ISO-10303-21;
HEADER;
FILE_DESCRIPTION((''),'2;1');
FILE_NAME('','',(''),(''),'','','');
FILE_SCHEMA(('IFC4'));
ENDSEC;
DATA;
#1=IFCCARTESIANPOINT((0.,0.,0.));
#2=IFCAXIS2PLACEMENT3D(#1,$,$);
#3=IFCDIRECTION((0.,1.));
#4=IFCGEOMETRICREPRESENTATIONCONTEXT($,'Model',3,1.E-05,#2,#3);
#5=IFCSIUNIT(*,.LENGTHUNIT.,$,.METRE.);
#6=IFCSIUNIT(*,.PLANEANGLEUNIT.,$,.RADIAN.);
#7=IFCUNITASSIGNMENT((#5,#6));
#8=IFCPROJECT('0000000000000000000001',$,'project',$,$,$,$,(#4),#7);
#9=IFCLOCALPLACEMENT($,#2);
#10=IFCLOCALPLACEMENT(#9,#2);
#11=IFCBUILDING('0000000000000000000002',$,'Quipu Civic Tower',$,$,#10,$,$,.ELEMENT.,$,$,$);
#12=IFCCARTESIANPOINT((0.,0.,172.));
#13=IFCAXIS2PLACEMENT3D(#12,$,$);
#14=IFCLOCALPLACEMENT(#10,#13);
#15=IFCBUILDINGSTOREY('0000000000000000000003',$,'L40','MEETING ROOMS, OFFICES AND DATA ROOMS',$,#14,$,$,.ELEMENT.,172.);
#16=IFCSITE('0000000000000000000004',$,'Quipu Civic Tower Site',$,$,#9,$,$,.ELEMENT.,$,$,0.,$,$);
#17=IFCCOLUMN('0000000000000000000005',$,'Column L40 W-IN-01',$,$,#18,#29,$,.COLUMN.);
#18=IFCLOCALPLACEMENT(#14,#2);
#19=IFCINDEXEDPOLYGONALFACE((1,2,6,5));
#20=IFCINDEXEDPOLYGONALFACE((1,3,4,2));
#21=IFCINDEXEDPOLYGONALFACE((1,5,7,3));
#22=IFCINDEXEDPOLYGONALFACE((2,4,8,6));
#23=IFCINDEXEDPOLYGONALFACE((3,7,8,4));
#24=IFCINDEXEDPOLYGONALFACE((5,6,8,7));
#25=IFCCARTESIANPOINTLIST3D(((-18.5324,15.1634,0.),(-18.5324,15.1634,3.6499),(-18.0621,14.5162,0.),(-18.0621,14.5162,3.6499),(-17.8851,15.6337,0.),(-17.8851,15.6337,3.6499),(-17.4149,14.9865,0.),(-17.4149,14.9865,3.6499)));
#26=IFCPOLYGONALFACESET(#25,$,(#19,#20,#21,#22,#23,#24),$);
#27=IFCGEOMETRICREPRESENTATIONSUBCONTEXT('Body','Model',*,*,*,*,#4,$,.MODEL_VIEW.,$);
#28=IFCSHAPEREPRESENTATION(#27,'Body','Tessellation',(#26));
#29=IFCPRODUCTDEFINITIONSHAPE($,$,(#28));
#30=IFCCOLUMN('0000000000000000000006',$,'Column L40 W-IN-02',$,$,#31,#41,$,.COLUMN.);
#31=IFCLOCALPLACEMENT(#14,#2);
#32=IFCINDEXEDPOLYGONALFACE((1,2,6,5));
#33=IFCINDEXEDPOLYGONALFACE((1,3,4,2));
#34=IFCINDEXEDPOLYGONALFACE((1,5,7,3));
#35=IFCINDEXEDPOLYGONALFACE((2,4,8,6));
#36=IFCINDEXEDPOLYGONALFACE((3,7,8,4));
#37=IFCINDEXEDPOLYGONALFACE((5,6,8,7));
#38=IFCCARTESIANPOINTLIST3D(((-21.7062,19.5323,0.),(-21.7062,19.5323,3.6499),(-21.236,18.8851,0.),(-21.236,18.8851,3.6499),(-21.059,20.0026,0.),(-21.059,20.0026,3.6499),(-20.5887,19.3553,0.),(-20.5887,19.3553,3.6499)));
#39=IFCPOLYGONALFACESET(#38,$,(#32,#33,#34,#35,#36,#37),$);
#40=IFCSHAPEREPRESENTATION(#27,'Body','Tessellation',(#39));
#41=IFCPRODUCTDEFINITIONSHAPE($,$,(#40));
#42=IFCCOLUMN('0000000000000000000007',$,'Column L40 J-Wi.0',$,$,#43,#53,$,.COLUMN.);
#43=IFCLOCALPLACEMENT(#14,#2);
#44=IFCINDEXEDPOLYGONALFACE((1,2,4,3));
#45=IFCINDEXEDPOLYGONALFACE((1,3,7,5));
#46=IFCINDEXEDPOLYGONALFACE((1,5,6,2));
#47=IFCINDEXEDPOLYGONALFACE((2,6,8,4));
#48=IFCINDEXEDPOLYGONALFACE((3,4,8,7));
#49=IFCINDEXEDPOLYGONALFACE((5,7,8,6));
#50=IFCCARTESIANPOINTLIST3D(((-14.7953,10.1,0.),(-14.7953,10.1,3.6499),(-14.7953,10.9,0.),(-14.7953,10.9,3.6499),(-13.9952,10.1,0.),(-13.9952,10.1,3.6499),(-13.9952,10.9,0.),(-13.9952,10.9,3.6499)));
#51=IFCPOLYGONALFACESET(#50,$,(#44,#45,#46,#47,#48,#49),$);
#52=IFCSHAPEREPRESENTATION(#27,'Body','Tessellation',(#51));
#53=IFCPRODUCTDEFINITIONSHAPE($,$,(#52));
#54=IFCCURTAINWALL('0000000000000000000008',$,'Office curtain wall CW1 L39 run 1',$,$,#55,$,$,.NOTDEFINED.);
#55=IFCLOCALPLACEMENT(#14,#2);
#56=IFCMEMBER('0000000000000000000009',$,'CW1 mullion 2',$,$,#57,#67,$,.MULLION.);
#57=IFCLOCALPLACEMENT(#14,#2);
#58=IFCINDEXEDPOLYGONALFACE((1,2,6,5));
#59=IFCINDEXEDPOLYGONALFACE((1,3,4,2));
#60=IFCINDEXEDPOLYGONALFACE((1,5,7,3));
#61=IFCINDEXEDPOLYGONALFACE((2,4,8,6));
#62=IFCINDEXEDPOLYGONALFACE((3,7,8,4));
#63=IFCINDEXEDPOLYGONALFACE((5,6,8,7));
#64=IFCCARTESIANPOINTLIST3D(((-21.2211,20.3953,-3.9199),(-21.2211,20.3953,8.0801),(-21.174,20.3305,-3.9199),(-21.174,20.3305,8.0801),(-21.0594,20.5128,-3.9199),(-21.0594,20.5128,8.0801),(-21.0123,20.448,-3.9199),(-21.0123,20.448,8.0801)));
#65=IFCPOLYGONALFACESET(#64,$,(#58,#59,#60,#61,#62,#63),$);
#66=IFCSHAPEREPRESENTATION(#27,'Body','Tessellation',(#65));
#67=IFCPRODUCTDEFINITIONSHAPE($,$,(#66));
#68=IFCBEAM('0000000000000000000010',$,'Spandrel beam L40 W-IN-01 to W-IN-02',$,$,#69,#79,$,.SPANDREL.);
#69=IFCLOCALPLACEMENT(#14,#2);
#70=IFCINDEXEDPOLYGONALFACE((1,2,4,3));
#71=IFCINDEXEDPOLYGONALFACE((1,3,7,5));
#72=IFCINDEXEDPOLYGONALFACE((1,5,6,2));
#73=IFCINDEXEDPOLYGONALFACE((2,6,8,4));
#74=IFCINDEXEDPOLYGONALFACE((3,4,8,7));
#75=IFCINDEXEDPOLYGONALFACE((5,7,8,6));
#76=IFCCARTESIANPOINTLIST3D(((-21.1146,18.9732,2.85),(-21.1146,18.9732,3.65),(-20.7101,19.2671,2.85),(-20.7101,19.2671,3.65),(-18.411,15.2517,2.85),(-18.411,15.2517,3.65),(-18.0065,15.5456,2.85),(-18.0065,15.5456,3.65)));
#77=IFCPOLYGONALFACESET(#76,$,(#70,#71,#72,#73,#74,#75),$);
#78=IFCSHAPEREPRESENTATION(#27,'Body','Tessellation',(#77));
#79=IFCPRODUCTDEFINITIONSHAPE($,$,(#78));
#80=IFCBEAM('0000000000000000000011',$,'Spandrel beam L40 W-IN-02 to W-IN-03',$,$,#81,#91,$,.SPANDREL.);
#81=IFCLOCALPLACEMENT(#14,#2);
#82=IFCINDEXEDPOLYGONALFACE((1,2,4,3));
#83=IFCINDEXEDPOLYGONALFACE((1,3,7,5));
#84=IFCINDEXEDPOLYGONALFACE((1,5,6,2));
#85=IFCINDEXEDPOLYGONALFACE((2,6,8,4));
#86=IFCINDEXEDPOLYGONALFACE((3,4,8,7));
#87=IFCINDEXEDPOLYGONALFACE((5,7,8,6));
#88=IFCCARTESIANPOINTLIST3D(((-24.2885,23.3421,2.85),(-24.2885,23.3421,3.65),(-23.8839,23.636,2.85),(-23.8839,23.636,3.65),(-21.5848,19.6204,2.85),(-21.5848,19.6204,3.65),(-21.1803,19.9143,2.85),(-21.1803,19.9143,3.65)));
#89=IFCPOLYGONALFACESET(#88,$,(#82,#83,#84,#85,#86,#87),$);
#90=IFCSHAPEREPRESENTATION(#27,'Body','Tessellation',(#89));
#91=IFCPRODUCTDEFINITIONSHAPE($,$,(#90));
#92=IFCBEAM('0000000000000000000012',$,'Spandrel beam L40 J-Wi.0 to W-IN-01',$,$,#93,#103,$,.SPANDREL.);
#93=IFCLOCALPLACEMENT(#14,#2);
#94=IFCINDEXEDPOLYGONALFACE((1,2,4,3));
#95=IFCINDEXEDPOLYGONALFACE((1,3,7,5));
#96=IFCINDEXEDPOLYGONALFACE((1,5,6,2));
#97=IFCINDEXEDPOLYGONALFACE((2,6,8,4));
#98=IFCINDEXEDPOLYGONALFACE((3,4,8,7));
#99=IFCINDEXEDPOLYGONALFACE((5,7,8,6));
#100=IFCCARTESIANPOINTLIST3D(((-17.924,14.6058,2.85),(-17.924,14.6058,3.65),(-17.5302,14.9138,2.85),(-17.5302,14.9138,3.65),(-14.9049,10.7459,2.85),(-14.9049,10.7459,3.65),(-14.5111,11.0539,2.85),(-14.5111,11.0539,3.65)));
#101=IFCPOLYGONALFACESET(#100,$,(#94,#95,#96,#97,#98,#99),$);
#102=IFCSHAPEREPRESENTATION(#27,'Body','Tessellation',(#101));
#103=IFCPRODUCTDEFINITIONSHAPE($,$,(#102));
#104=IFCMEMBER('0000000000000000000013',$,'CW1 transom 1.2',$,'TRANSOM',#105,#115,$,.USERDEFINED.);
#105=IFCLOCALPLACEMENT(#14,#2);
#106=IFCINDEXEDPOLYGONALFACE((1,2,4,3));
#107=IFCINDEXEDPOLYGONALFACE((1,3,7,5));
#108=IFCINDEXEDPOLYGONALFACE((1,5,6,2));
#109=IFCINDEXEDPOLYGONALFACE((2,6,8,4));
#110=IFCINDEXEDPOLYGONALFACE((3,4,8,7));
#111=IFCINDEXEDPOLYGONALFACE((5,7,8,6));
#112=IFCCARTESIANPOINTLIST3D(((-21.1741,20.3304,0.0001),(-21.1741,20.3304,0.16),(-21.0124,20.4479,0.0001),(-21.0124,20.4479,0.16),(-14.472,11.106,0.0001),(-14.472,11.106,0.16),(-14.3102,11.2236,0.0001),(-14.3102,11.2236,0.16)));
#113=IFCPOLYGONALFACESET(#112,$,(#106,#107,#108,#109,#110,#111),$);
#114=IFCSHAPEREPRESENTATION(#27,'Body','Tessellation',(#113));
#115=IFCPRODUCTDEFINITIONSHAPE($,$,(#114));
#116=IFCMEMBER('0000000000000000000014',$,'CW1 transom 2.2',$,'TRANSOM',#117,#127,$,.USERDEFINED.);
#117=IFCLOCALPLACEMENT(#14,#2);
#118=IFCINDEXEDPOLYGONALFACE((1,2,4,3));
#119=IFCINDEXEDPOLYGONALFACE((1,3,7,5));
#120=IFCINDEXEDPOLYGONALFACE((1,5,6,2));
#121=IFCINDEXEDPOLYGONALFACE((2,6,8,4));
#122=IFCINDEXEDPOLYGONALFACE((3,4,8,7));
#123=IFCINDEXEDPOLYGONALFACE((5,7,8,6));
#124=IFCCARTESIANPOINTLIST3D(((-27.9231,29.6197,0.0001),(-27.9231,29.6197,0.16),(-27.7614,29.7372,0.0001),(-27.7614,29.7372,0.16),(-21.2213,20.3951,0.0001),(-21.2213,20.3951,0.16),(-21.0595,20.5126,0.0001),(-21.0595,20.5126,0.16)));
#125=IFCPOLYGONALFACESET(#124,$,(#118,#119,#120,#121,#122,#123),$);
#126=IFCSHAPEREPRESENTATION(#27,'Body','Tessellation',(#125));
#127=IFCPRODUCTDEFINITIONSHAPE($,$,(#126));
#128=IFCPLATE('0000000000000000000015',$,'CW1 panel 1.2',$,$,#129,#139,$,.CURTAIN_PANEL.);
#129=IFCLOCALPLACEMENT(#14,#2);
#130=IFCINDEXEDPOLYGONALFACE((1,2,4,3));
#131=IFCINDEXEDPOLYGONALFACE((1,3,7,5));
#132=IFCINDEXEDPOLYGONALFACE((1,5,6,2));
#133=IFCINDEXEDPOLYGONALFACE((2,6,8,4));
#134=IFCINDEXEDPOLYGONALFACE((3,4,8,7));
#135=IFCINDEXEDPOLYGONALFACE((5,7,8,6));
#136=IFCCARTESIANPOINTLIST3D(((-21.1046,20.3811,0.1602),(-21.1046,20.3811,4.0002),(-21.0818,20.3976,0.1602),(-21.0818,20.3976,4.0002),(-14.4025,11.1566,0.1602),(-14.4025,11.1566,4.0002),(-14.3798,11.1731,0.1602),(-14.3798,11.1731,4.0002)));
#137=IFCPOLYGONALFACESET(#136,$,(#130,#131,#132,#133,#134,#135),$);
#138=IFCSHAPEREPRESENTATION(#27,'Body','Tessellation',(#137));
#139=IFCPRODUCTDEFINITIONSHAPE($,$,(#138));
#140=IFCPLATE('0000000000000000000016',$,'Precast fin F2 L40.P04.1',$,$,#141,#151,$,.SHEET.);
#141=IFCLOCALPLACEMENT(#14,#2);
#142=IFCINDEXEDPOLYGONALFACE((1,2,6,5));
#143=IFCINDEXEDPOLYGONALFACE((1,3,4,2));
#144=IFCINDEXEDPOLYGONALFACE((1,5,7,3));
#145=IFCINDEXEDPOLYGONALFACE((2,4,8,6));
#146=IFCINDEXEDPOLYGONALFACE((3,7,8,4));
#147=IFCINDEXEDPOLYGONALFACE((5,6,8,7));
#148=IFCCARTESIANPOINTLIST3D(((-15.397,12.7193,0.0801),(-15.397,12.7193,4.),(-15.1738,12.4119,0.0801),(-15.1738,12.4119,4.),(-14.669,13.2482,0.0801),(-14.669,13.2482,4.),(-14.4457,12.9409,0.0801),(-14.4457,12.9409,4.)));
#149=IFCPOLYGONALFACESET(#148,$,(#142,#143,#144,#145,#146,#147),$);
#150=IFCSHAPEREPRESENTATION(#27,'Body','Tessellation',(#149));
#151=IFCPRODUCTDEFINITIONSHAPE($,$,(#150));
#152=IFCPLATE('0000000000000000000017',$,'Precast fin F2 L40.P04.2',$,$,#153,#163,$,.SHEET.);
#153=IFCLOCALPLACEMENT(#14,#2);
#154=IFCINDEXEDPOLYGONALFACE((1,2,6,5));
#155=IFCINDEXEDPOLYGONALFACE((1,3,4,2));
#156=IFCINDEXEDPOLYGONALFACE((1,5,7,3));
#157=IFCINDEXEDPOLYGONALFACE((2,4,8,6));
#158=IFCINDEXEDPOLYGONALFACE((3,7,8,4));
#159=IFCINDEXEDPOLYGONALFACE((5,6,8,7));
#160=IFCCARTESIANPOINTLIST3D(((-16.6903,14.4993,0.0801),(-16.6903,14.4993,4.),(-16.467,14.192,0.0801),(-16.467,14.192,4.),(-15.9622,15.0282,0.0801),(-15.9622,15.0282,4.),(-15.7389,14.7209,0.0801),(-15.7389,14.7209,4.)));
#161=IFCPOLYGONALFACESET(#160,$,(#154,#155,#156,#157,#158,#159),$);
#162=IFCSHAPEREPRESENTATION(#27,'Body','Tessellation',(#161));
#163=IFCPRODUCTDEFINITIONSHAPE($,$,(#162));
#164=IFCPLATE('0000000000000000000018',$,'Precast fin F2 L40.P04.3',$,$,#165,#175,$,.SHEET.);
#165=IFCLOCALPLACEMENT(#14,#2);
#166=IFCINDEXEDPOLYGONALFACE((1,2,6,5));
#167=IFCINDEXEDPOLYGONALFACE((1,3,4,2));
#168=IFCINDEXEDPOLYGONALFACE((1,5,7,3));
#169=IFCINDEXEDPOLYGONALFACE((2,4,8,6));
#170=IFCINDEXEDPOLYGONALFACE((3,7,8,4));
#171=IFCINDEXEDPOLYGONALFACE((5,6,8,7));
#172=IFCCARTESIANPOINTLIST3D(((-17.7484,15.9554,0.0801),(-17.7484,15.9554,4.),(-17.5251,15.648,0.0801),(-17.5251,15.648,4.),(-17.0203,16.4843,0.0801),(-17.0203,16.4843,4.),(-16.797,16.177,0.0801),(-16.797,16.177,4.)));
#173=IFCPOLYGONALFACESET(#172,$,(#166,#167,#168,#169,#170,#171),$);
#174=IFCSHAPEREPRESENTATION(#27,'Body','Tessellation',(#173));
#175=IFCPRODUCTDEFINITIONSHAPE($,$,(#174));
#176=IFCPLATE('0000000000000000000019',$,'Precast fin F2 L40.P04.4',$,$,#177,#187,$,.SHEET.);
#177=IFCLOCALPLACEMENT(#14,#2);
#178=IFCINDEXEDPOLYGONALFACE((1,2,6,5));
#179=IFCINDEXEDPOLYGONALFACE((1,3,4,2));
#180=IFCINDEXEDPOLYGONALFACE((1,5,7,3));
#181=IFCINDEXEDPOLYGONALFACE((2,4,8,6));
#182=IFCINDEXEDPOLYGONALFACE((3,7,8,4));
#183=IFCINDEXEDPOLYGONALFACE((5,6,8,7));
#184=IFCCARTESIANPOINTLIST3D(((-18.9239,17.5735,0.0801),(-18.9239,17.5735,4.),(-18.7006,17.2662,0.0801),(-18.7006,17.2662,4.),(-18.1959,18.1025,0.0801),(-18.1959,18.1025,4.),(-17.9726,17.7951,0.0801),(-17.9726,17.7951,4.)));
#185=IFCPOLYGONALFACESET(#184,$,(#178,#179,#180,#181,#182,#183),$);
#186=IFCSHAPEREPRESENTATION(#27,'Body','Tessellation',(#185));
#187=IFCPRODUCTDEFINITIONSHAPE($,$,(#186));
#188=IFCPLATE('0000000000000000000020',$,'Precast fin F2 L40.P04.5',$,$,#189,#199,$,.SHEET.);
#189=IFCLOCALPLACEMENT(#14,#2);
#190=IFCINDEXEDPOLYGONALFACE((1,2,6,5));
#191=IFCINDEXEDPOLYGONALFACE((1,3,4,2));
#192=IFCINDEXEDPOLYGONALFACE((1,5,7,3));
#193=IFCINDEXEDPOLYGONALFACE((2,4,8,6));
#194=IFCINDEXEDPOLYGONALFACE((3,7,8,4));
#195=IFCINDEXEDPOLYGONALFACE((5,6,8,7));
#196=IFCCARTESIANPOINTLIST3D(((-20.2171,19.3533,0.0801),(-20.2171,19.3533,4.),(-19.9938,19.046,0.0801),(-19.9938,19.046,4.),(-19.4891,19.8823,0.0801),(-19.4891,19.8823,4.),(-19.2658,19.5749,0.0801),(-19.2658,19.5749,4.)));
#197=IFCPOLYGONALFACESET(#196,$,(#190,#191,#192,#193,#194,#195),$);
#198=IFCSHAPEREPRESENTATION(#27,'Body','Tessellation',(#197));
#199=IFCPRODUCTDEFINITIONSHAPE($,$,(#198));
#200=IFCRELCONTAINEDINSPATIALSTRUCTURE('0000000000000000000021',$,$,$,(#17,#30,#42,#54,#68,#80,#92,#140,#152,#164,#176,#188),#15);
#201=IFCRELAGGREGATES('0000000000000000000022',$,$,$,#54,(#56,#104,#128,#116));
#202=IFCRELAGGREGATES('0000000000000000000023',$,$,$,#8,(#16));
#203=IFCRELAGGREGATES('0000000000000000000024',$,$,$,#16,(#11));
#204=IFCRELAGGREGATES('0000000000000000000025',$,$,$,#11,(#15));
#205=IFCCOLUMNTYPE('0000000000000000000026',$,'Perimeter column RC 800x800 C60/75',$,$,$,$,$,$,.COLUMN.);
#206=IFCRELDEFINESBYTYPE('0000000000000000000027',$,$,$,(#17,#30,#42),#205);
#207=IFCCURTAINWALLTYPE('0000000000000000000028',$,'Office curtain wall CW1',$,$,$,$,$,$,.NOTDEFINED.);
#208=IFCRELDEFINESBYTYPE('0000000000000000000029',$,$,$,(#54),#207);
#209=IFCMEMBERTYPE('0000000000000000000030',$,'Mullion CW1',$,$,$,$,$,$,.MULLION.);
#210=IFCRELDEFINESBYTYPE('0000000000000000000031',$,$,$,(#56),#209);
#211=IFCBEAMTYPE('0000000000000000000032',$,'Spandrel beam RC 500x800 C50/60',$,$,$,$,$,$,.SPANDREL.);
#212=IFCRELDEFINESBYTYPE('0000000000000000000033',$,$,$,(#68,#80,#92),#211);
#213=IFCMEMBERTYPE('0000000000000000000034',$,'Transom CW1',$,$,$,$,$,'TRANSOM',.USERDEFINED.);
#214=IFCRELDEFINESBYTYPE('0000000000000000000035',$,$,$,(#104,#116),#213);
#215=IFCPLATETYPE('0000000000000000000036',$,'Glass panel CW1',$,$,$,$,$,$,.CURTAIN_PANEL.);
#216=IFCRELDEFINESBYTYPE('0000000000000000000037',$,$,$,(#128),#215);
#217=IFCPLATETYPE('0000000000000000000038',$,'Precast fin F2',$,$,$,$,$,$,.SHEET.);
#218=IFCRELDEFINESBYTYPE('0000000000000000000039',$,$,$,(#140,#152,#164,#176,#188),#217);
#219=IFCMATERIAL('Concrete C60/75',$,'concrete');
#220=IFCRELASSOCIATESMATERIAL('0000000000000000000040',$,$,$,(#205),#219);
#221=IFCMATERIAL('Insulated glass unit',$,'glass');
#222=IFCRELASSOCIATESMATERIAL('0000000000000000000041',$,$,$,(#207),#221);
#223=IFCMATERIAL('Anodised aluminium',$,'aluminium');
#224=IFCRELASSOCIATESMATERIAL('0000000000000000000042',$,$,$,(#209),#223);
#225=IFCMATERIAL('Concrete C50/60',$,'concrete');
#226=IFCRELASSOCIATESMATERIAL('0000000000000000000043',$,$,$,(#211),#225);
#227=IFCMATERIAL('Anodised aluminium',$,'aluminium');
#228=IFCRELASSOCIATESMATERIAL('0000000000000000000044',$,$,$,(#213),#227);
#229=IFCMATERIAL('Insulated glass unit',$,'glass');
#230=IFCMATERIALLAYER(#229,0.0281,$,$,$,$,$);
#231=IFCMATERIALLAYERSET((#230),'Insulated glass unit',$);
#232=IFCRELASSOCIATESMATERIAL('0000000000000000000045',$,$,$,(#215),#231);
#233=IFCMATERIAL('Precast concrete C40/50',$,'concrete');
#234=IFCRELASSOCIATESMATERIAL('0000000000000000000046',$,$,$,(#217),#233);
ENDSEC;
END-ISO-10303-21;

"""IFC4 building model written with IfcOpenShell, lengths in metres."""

from ifc_helpers import new_model, si_unit, direction, frame, origin, origin_2d, place, context, subcontext, project, spatial, rectangle, extrude, material, layer, layer_set, material_profile, profile_set, type_object, element, aggregate, save


model = new_model("IFC4")

# Units and contexts
model_context = context("Model", 3, precision=1e-05, world=origin(), true_north=direction((0.0, 1.0)))
body_context = subcontext(model_context, "Body", "Model", "MODEL_VIEW")
ifc_project = project(units=[si_unit("LENGTHUNIT", "METRE"), si_unit("PLANEANGLEUNIT", "RADIAN")], contexts=[model_context])

# Site, building, storey
site_placement = place(None, origin())
site = spatial("IfcSite", under=ifc_project, at=site_placement, Name="Quipu Civic Tower Site", CompositionType="ELEMENT", RefElevation=0.0)
building_placement = place(site_placement, origin())
building = spatial("IfcBuilding", under=site, at=building_placement, Name="Quipu Civic Tower", CompositionType="ELEMENT")
storey_placement = place(building_placement, frame((0.0, 0.0, 172.0)))
storey = spatial("IfcBuildingStorey", under=building, at=storey_placement, Name="L40", Description="MEETING ROOMS, OFFICES AND DATA ROOMS", CompositionType="ELEMENT", Elevation=172.0)

# Columns
ifc_material_1 = material(Name="Concrete C60/75", Category="concrete")
ifc_material_profile_1 = material_profile(ifc_material_1, rectangle(XDim=0.8, YDim=0.8, at=origin_2d()), Name="RC800x800")
ifc_profile_set_1 = profile_set([ifc_material_profile_1], Name="Concrete C60/75")
column_type = type_object("IfcColumnType", Name="Perimeter column RC 800x800 C60/75", PredefinedType="COLUMN", material=ifc_profile_set_1)
for number, where, z_axis, x_axis, name in (
    (1, (-17.9736, 15.075, 0.0), (0.0, 0.0, 1.0), (-0.587785, 0.809017, 0.0), "Column L40 W-IN-01"),
    (2, (-21.1475, 19.4438, 0.0), (0.0, 0.0, 1.0), (-0.587785, 0.809017, 0.0), "Column L40 W-IN-02"),
    (3, (-14.3953, 10.5, 0.0), (0.0, 0.0, 1.0), (-1.0, 0.0, 0.0), "Column L40 J-Wi.0"),
):
    element("IfcColumn", number, at=place(storey_placement, frame(where, z_axis=z_axis, x_axis=x_axis)), inside=storey, type_object=column_type, Name=name, PredefinedType="COLUMN", context=body_context, shape_type="SweptSolid", body=[
        extrude(rectangle(XDim=0.8, YDim=0.8, at=origin_2d()), origin(), (0.0, 0.0, 1.0), 3.6499),
    ])

# Curtain wall, member
ifc_material_2 = material(Name="Insulated glass unit", Category="glass")
curtain_wall_type = type_object("IfcCurtainWallType", Name="Office curtain wall CW1", PredefinedType="NOTDEFINED", material=ifc_material_2)
curtain_wall_placement = place(storey_placement, origin())
curtain_wall = element("IfcCurtainWall", 4, at=curtain_wall_placement, inside=storey, type_object=curtain_wall_type, Name="Office curtain wall CW1 L39 run 1", PredefinedType="NOTDEFINED")
ifc_material_3 = material(Name="Anodised aluminium", Category="aluminium")
ifc_material_profile_2 = material_profile(ifc_material_3, rectangle(XDim=0.2, YDim=0.0801, at=origin_2d()), Name="RECT 200x80")
ifc_profile_set_2 = profile_set([ifc_material_profile_2], Name="Anodised aluminium")
member_type_1 = type_object("IfcMemberType", Name="Mullion CW1", PredefinedType="MULLION", material=ifc_profile_set_2)
member_1_placement = place(storey_placement, frame((-21.1167, 20.4216, -3.9199), z_axis=(0.0, 0.0, 1.0), x_axis=(-0.809014, -0.587789, 0.0)))
member_1 = element("IfcMember", 5, at=member_1_placement, type_object=member_type_1, Name="CW1 mullion 2", PredefinedType="MULLION", context=body_context, shape_type="SweptSolid", body=[
    extrude(rectangle(XDim=0.2, YDim=0.0801, at=origin_2d()), origin(), (0.0, 0.0, 1.0), 12.0),
])

# Beams
ifc_material_4 = material(Name="Concrete C50/60", Category="concrete")
ifc_material_profile_3 = material_profile(ifc_material_4, rectangle(XDim=0.5, YDim=0.8, at=origin_2d()), Name="RC500x800")
ifc_profile_set_3 = profile_set([ifc_material_profile_3], Name="Concrete C50/60")
beam_type = type_object("IfcBeamType", Name="Spandrel beam RC 500x800 C50/60", PredefinedType="SPANDREL", material=ifc_profile_set_3)
beam_1_placement = place(storey_placement, frame((-18.2087, 15.3987, 3.25), z_axis=(-0.587761, 0.809034, 0.0), x_axis=(-0.809034, -0.587761, 0.0)))
element("IfcBeam", 6, at=beam_1_placement, inside=storey, type_object=beam_type, Name="Spandrel beam L40 W-IN-01 to W-IN-02", PredefinedType="SPANDREL", context=body_context, shape_type="SweptSolid", body=[
    extrude(rectangle(XDim=0.5, YDim=0.8, at=origin_2d()), origin(), (0.0, 0.0, 1.0), 4.5999),
])
beam_2_placement = place(storey_placement, frame((-21.3826, 19.7673, 3.25), z_axis=(-0.587736, 0.809053, 0.0), x_axis=(-0.809053, -0.587736, 0.0)))
element("IfcBeam", 7, at=beam_2_placement, inside=storey, type_object=beam_type, Name="Spandrel beam L40 W-IN-02 to W-IN-03", PredefinedType="SPANDREL", context=body_context, shape_type="SweptSolid", body=[
    extrude(rectangle(XDim=0.5, YDim=0.8, at=origin_2d()), origin(), (0.0, 0.0, 1.0), 4.6001),
])
beam_3_placement = place(storey_placement, frame((-14.708, 10.8999, 3.25), z_axis=(-0.616091, 0.787675, 0.0), x_axis=(-0.787675, -0.616091, 0.0)))
element("IfcBeam", 8, at=beam_3_placement, inside=storey, type_object=beam_type, Name="Spandrel beam L40 J-Wi.0 to W-IN-01", PredefinedType="SPANDREL", context=body_context, shape_type="SweptSolid", body=[
    extrude(rectangle(XDim=0.5, YDim=0.8, at=origin_2d()), origin(), (0.0, 0.0, 1.0), 4.9004),
])

# Members
ifc_material_5 = material(Name="Anodised aluminium", Category="aluminium")
ifc_material_profile_4 = material_profile(ifc_material_5, rectangle(XDim=0.2, YDim=0.1599, at=origin_2d()), Name="RECT 200x160")
ifc_profile_set_4 = profile_set([ifc_material_profile_4], Name="Anodised aluminium")
member_type_2 = type_object("IfcMemberType", Name="Transom CW1", ElementType="TRANSOM", PredefinedType="USERDEFINED", material=ifc_profile_set_4)
member_2_placement = place(storey_placement, frame((-14.3911, 11.1648, 0.0801), z_axis=(-0.5878, 0.809006, 0.0), x_axis=(-0.809006, -0.5878, 0.0)))
member_2 = element("IfcMember", 9, at=member_2_placement, type_object=member_type_2, Name="CW1 transom 1.2", ObjectType="TRANSOM", PredefinedType="USERDEFINED", context=body_context, shape_type="SweptSolid", body=[
    extrude(rectangle(XDim=0.2, YDim=0.1599, at=origin_2d()), origin(), (0.0, 0.0, 1.0), 11.4021),
])
member_3_placement = place(storey_placement, frame((-21.1404, 20.4539, 0.0801), z_axis=(-0.587776, 0.809024, 0.0), x_axis=(-0.809024, -0.587776, 0.0)))
member_3 = element("IfcMember", 10, at=member_3_placement, type_object=member_type_2, Name="CW1 transom 2.2", ObjectType="TRANSOM", PredefinedType="USERDEFINED", context=body_context, shape_type="SweptSolid", body=[
    extrude(rectangle(XDim=0.2, YDim=0.1599, at=origin_2d()), origin(), (0.0, 0.0, 1.0), 11.4021),
])

# Plate
ifc_material_6 = material(Name="Insulated glass unit", Category="glass")
ifc_layer_1 = layer(ifc_material_6, 0.0281)
ifc_layer_set_1 = layer_set([ifc_layer_1], Name="Insulated glass unit")
plate_type_1 = type_object("IfcPlateType", Name="Glass panel CW1", PredefinedType="CURTAIN_PANEL", material=ifc_layer_set_1)
plate_placement = place(storey_placement, frame((-17.7422, 15.7771, 0.1602), z_axis=(0.0, 0.0, 1.0), x_axis=(-0.587789, 0.809014, 0.0)))
plate = element("IfcPlate", 11, at=plate_placement, type_object=plate_type_1, Name="CW1 panel 1.2", PredefinedType="CURTAIN_PANEL", context=body_context, shape_type="SweptSolid", body=[
    extrude(rectangle(XDim=11.4021, YDim=0.0281, at=origin_2d()), origin(), (0.0, 0.0, 1.0), 3.8401),
])
aggregate(curtain_wall, [member_1, member_2, plate, member_3])

# Plates
ifc_material_7 = material(Name="Precast concrete C40/50", Category="concrete")
plate_type_2 = type_object("IfcPlateType", Name="Precast fin F2", PredefinedType="SHEET", material=ifc_material_7)
for number, where, z_axis, x_axis, name in (
    (12, (-14.9214, 12.8301, 0.0801), (0.0, 0.0, 1.0), (-0.587787, 0.809016, 0.0), "Precast fin F2 L40.P04.1"),
    (13, (-16.2146, 14.6101, 0.0801), (0.0, 0.0, 1.0), (-0.587787, 0.809016, 0.0), "Precast fin F2 L40.P04.2"),
    (14, (-17.2727, 16.0662, 0.0801), (0.0, 0.0, 1.0), (-0.587787, 0.809016, 0.0), "Precast fin F2 L40.P04.3"),
    (15, (-18.4482, 17.6843, 0.0801), (0.0, 0.0, 1.0), (-0.587787, 0.809016, 0.0), "Precast fin F2 L40.P04.4"),
    (16, (-19.7415, 19.4641, 0.0801), (0.0, 0.0, 1.0), (-0.587787, 0.809016, 0.0), "Precast fin F2 L40.P04.5"),
):
    element("IfcPlate", number, at=place(storey_placement, frame(where, z_axis=z_axis, x_axis=x_axis)), inside=storey, type_object=plate_type_2, Name=name, PredefinedType="SHEET", context=body_context, shape_type="SweptSolid", body=[
        extrude(rectangle(XDim=0.3799, YDim=0.8999, at=origin_2d()), origin(), (0.0, 0.0, 1.0), 3.9199),
    ])

save(model, "model.ifc")
